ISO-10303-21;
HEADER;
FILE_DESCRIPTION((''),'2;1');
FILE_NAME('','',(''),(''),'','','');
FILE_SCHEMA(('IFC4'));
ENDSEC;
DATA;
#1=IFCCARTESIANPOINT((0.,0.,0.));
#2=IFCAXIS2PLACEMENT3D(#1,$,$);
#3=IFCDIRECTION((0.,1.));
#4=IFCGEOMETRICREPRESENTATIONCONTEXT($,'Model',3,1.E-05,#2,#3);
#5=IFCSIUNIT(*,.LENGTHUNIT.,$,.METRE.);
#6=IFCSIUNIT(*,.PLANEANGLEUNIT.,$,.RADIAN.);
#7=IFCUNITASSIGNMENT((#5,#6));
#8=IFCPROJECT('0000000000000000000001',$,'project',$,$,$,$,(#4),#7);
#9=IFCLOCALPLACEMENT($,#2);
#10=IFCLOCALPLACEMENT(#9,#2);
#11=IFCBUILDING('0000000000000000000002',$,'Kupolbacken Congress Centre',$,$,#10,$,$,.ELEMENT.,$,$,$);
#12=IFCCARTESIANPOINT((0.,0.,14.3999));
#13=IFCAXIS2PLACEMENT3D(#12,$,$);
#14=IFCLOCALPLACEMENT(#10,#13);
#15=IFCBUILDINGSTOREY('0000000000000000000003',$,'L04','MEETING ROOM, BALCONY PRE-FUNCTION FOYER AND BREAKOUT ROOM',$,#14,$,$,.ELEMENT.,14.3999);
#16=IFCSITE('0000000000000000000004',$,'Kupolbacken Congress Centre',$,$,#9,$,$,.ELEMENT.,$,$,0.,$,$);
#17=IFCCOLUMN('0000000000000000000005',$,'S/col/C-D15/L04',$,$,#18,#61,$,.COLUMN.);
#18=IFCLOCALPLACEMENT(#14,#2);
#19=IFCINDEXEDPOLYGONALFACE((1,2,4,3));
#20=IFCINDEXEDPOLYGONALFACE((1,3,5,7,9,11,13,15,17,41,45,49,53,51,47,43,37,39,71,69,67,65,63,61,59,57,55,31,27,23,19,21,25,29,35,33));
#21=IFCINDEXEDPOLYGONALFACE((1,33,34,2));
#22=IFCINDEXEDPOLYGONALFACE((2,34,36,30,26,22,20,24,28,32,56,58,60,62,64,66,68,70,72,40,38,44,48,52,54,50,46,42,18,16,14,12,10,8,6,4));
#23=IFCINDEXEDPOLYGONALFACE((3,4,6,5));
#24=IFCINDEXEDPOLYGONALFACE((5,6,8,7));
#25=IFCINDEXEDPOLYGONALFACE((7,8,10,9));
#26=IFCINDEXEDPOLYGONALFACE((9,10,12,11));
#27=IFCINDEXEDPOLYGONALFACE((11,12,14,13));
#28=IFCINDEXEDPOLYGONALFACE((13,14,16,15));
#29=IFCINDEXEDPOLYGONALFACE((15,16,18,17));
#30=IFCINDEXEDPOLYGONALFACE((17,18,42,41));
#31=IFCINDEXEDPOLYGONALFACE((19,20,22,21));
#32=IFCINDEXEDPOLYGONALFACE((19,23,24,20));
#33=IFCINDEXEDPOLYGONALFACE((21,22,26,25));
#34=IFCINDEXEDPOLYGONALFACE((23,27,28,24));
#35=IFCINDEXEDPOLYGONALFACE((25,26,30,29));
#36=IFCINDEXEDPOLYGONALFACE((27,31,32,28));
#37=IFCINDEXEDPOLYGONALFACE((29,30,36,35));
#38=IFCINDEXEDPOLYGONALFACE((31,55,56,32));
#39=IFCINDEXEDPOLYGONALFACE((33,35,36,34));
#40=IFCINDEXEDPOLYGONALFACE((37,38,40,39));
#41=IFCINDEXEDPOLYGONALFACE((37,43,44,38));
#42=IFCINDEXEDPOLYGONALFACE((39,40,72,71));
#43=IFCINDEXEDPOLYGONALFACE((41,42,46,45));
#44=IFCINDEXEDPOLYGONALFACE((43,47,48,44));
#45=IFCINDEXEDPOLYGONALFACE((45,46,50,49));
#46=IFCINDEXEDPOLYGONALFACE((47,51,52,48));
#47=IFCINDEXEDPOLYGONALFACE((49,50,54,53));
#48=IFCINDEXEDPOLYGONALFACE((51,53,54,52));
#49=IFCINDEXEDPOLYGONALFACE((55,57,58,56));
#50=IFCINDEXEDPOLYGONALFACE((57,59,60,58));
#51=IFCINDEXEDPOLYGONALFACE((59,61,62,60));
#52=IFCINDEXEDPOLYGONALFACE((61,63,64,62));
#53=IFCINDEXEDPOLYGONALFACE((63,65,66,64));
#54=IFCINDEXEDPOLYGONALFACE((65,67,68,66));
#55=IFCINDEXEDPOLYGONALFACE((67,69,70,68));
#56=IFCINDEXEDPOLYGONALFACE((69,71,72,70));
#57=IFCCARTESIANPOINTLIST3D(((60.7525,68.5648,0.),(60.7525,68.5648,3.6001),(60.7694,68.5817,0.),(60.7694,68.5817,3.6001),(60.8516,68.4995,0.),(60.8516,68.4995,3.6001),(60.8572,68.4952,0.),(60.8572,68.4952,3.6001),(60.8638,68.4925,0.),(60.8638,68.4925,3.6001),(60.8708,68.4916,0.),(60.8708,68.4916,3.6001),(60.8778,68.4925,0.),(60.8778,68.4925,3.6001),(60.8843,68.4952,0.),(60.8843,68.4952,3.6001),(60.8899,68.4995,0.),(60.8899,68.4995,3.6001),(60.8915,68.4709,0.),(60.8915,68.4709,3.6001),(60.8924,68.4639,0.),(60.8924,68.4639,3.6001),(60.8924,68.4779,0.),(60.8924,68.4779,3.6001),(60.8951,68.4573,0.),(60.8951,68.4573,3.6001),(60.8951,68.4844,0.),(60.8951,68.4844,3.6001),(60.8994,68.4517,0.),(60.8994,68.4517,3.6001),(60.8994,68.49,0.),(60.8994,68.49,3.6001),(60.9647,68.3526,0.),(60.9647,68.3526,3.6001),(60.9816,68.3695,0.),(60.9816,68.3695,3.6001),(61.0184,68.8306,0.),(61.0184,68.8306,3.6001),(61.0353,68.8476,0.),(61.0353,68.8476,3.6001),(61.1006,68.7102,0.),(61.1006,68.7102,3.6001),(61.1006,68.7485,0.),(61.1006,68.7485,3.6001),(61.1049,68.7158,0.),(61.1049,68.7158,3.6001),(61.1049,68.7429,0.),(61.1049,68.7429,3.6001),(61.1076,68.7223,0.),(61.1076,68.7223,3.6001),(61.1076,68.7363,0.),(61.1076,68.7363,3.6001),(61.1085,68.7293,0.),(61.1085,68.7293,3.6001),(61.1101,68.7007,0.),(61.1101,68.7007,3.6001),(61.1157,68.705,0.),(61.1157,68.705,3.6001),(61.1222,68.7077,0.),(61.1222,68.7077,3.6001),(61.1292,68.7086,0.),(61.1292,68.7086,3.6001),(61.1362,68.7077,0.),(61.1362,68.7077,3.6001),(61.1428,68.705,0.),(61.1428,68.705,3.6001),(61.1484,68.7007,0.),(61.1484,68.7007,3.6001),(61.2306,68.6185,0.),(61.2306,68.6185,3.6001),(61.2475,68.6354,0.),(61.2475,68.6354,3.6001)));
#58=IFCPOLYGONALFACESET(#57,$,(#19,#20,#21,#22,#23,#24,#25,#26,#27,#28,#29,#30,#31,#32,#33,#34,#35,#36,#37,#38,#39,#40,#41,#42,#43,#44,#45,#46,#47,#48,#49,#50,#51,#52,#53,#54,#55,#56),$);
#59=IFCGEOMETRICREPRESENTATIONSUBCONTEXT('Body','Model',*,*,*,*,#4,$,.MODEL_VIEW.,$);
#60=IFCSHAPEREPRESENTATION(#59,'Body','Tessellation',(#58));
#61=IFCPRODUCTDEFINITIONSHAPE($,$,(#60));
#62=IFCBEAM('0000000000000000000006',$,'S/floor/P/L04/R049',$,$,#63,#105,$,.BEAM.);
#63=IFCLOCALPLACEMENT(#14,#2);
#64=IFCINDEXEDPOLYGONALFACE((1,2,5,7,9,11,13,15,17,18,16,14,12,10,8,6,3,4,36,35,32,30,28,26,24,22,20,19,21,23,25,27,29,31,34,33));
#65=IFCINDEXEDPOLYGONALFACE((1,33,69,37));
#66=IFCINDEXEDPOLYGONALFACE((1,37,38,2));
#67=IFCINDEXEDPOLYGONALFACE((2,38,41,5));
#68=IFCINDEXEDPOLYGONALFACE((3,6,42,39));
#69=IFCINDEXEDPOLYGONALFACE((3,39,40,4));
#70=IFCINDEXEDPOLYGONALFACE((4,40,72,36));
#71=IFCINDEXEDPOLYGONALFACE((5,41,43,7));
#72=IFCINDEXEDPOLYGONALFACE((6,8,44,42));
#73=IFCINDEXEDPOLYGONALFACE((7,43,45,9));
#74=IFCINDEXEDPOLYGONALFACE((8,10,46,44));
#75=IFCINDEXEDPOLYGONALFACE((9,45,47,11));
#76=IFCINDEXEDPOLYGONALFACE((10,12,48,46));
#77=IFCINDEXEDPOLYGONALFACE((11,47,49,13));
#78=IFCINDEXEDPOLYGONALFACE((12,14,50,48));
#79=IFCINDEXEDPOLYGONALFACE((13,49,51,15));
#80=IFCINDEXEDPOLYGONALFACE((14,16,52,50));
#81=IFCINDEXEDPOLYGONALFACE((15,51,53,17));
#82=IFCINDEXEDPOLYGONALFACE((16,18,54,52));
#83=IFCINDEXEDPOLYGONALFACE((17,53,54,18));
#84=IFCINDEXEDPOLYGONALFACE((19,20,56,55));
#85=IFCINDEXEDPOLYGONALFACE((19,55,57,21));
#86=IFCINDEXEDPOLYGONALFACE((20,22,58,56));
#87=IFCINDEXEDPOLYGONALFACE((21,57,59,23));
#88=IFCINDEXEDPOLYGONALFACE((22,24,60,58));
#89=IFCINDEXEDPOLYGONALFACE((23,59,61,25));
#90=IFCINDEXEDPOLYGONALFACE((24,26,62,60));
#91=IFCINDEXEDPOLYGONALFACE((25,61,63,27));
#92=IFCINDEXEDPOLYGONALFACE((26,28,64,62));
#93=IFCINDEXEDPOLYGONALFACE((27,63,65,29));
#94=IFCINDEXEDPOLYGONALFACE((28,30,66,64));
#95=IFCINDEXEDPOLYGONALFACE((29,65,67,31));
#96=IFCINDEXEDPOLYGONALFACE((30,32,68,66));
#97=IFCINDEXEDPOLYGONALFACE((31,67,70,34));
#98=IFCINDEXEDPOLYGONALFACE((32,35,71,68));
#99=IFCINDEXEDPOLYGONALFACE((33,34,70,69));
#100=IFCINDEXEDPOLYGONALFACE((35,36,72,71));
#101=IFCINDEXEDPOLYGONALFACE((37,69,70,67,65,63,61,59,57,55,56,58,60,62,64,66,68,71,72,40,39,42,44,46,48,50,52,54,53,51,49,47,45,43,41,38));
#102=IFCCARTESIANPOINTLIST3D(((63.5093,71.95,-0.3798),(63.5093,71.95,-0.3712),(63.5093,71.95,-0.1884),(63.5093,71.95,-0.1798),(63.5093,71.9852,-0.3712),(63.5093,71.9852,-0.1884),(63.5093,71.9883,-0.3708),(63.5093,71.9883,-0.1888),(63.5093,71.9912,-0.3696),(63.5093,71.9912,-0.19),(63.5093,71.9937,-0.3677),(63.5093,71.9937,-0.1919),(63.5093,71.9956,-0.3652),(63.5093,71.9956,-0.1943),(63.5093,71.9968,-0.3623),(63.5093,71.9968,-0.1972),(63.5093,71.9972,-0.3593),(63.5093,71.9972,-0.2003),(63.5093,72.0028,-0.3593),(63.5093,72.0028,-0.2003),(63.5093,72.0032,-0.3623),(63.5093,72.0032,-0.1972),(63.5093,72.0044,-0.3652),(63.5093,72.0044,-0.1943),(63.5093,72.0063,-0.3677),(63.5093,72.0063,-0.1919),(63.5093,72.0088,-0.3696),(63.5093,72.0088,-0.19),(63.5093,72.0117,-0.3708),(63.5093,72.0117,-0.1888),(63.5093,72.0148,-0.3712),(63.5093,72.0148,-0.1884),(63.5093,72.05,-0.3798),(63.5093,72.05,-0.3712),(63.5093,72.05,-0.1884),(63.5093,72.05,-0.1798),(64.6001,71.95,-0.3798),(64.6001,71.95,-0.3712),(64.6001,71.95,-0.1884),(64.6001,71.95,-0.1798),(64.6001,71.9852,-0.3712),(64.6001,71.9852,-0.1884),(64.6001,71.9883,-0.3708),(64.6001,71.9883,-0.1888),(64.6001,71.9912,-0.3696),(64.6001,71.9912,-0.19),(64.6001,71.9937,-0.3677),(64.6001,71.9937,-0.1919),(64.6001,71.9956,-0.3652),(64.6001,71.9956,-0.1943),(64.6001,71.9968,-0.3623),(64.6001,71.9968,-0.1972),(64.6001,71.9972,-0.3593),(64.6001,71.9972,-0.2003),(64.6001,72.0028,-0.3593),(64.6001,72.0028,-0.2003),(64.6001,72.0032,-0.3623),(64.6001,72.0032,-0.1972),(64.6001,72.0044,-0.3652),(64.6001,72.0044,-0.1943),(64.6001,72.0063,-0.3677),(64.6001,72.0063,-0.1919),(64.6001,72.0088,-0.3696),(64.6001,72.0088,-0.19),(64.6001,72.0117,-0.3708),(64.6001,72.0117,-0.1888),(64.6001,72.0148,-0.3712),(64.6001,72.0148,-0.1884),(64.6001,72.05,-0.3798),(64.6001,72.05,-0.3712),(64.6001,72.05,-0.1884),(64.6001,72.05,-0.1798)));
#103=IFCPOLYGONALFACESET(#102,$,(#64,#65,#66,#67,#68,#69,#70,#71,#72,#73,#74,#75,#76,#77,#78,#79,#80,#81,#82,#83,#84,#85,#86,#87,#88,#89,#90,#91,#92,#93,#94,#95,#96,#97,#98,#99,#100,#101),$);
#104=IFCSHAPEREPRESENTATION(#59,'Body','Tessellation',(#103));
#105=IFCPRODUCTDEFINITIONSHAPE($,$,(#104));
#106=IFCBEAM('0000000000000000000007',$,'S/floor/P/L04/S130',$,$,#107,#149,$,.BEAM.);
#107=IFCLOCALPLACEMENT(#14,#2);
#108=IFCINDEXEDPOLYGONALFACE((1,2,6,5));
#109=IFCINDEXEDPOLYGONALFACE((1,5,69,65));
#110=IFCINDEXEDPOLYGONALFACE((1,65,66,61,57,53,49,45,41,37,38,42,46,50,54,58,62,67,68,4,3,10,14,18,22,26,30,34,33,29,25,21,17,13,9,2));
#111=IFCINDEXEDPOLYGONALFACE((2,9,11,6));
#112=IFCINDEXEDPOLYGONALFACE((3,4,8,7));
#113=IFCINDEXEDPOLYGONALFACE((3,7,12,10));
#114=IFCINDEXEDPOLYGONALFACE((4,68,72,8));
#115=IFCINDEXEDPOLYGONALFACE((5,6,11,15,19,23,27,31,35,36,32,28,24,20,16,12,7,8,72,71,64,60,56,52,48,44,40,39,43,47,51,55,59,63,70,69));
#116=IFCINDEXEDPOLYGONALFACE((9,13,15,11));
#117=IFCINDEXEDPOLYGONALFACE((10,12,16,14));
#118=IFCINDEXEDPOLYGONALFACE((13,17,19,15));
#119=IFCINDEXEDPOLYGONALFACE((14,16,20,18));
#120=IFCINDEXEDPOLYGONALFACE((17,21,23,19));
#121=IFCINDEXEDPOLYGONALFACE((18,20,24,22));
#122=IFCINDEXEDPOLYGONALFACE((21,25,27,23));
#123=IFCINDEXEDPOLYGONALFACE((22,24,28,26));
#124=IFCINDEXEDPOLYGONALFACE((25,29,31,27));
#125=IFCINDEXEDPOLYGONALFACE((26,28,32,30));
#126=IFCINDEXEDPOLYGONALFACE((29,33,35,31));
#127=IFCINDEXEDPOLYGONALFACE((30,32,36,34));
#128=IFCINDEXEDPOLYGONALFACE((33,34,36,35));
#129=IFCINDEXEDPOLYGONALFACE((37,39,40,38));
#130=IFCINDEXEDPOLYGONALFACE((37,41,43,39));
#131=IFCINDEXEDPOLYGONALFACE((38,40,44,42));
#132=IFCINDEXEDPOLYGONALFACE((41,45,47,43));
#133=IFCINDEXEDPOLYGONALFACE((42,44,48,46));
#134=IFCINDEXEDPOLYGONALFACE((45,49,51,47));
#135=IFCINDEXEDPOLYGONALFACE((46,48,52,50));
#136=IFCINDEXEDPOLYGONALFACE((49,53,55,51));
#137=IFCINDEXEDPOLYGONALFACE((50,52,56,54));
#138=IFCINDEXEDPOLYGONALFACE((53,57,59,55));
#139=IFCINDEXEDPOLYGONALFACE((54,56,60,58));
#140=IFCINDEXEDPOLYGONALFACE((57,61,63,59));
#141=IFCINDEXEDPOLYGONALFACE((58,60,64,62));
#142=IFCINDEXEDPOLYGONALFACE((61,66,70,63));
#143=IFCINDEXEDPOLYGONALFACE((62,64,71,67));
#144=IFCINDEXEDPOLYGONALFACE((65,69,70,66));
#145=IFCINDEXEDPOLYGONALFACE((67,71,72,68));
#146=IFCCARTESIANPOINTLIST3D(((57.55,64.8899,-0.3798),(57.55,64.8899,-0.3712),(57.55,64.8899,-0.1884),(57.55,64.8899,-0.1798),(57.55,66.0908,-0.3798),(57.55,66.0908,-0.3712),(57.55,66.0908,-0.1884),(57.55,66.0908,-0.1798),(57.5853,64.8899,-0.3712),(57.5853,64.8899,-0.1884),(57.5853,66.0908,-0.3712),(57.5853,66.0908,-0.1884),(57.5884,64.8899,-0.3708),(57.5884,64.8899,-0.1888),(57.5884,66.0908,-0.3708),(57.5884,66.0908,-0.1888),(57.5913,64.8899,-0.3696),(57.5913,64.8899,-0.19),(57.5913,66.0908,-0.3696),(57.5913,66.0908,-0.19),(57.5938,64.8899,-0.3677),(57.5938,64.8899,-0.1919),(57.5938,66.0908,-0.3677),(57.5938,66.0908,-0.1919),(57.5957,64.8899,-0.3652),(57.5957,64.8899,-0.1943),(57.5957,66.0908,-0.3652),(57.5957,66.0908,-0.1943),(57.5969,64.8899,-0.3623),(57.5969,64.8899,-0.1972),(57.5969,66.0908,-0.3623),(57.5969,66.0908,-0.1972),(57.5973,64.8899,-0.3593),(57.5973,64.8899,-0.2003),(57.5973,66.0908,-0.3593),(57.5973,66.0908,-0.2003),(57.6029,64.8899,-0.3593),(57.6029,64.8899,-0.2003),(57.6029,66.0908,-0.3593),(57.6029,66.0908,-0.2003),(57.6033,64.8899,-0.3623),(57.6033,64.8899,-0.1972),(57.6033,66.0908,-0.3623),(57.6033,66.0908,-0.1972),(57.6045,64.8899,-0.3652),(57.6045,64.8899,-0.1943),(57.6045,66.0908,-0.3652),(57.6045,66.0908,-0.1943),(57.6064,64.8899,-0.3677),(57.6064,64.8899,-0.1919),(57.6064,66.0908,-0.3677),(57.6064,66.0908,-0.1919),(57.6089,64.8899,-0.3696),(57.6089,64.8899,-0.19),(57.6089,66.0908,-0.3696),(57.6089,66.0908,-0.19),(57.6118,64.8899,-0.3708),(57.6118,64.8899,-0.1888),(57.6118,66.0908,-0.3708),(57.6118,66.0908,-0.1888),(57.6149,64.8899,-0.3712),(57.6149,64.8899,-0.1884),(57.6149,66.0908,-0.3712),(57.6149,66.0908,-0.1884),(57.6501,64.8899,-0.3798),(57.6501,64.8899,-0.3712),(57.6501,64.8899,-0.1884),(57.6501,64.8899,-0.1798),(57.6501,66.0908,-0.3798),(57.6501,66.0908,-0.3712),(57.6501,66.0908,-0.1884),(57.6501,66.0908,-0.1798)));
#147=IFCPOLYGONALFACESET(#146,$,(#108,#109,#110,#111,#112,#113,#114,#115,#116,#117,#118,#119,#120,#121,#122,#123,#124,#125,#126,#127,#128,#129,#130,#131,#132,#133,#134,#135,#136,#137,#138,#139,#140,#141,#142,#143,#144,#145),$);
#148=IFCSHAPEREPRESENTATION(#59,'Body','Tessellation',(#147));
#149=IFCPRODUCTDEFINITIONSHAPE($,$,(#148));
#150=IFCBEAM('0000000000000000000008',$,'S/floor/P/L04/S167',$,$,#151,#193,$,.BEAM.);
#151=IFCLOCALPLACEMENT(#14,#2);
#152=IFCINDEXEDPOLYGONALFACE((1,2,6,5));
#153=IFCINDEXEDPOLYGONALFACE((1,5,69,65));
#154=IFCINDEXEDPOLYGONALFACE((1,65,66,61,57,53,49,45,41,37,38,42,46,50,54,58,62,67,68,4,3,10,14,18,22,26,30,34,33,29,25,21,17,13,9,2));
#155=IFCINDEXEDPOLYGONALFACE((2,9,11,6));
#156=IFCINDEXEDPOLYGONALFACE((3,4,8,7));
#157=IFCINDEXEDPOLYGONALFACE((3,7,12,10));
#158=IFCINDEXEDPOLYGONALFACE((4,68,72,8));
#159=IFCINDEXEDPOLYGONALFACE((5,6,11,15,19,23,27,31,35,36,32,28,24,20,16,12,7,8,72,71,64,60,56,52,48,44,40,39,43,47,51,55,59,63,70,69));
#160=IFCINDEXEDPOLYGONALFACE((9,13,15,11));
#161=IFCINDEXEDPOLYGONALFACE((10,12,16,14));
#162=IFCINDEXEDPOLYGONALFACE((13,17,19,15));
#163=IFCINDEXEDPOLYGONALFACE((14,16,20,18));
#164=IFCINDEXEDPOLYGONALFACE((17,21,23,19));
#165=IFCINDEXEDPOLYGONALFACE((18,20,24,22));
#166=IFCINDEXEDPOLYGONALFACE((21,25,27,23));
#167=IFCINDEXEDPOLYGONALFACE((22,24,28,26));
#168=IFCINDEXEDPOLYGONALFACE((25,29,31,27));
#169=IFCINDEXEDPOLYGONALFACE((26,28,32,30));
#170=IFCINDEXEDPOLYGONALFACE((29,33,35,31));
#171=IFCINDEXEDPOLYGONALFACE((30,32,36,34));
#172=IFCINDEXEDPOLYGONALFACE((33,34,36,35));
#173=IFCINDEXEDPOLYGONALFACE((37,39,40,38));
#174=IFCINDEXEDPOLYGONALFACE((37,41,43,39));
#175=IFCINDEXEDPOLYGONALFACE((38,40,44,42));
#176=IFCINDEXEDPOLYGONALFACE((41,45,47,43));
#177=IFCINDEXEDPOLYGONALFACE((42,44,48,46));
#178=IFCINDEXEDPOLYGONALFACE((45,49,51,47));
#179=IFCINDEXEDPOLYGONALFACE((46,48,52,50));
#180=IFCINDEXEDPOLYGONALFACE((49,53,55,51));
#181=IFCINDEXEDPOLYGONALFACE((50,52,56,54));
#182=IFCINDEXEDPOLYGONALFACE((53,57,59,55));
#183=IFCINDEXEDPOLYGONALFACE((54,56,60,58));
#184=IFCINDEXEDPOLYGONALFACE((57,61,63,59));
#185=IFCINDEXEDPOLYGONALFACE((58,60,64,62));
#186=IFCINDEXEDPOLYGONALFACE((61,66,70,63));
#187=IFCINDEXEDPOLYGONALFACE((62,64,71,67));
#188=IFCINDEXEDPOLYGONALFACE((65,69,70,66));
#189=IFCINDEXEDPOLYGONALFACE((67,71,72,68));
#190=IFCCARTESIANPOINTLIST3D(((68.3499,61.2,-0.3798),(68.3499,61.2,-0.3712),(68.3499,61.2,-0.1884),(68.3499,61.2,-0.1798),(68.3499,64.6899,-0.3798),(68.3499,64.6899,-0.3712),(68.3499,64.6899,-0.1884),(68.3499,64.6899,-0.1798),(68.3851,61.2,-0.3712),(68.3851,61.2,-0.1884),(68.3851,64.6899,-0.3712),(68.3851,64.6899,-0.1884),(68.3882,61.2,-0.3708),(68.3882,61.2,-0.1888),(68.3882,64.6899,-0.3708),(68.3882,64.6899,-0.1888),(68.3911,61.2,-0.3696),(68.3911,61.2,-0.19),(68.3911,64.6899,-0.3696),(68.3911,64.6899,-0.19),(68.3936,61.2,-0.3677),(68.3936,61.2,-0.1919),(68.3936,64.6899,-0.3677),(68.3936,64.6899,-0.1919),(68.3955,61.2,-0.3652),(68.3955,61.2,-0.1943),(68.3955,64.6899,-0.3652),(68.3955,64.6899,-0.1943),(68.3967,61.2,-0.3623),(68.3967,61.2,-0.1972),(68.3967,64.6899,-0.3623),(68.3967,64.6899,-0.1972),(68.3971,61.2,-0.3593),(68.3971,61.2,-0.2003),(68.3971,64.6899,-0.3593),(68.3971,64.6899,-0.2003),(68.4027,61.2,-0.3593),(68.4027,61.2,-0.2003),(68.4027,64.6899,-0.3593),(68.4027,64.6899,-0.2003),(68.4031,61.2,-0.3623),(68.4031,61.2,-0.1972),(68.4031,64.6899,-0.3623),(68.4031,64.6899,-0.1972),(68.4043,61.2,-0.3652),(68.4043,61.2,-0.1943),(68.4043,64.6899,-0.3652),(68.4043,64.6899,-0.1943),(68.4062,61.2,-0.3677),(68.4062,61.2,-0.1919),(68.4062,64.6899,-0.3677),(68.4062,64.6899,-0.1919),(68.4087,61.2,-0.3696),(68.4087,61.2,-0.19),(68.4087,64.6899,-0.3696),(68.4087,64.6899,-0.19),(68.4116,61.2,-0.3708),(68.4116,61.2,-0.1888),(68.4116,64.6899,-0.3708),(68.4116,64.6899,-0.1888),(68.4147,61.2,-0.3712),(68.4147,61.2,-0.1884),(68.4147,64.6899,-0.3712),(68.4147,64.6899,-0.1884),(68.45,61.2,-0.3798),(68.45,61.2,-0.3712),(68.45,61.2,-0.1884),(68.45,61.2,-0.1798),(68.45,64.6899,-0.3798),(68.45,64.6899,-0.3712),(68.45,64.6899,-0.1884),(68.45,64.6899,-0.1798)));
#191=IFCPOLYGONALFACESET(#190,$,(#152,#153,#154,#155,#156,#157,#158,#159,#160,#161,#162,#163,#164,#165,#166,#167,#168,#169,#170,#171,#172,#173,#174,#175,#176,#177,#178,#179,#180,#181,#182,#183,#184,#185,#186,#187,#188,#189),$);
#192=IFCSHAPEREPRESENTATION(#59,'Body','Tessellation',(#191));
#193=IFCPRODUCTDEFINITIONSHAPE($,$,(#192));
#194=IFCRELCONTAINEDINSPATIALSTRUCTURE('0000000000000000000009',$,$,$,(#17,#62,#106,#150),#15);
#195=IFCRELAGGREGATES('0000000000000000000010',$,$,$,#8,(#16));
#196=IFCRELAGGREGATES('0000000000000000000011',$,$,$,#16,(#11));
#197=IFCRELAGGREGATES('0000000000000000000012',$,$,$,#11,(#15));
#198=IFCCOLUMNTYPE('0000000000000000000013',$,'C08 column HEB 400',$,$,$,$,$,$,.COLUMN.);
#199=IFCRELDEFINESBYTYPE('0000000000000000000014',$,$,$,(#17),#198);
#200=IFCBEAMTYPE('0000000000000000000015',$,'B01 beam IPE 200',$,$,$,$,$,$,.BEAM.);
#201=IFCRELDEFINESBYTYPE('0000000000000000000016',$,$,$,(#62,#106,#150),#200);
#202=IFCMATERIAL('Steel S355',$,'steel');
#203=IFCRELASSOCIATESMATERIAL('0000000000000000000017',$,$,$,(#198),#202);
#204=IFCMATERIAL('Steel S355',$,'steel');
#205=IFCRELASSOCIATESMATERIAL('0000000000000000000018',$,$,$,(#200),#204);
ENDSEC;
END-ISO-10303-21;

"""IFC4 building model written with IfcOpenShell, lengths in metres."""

from ifc_helpers import new_model, si_unit, direction, frame, origin, origin_2d, place, context, subcontext, project, spatial, i_section, extrude, material, material_profile, profile_set, type_object, element, save


model = new_model("IFC4")

# Units and contexts
model_context = context("Model", 3, precision=1e-05, world=origin(), true_north=direction((0.0, 1.0)))
body_context = subcontext(model_context, "Body", "Model", "MODEL_VIEW")
ifc_project = project(units=[si_unit("LENGTHUNIT", "METRE"), si_unit("PLANEANGLEUNIT", "RADIAN")], contexts=[model_context])

# Site, building, storey
site_placement = place(None, origin())
site = spatial("IfcSite", under=ifc_project, at=site_placement, Name="Kupolbacken Congress Centre", CompositionType="ELEMENT", RefElevation=0.0)
building_placement = place(site_placement, origin())
building = spatial("IfcBuilding", under=site, at=building_placement, Name="Kupolbacken Congress Centre", CompositionType="ELEMENT")
storey_placement = place(building_placement, frame((0.0, 0.0, 14.3999)))
storey = spatial("IfcBuildingStorey", under=building, at=storey_placement, Name="L04", Description="MEETING ROOM, BALCONY PRE-FUNCTION FOYER AND BREAKOUT ROOM", CompositionType="ELEMENT", Elevation=14.3999)

# Column
ifc_material_1 = material(Name="Steel S355", Category="steel")
ifc_material_profile_1 = material_profile(ifc_material_1, i_section(OverallWidth=0.3, OverallDepth=0.3999, WebThickness=0.0134, FlangeThickness=0.0239, FilletRadius=0.0271, at=origin_2d()), Name="HEB 400")
ifc_profile_set_1 = profile_set([ifc_material_profile_1], Name="Steel S355")
column_type = type_object("IfcColumnType", Name="C08 column HEB 400", PredefinedType="COLUMN", material=ifc_profile_set_1)
column_placement = place(storey_placement, frame((61.0, 68.6001, 0.0), z_axis=(0.0, 0.0, 1.0), x_axis=(0.707107, -0.707107, 0.0)))
element("IfcColumn", 1, at=column_placement, inside=storey, type_object=column_type, Name="S/col/C-D15/L04", PredefinedType="COLUMN", context=body_context, shape_type="SweptSolid", body=[
    extrude(i_section(OverallWidth=0.3, OverallDepth=0.3999, WebThickness=0.0134, FlangeThickness=0.0239, FilletRadius=0.0271, at=origin_2d()), origin(), (0.0, 0.0, 1.0), 3.6001),
])

# Beams
ifc_material_2 = material(Name="Steel S355", Category="steel")
ifc_material_profile_2 = material_profile(ifc_material_2, i_section(OverallWidth=0.1001, OverallDepth=0.2, WebThickness=0.0056, FlangeThickness=0.0085, FilletRadius=0.012, at=origin_2d()), Name="IPE 200")
ifc_profile_set_2 = profile_set([ifc_material_profile_2], Name="Steel S355")
beam_type_1 = type_object("IfcBeamType", Name="B01 beam IPE 200", PredefinedType="BEAM", material=ifc_profile_set_2)
beam_1_placement = place(storey_placement, frame((63.5093, 72.0, -0.2798), z_axis=(1.0, 0.0, 0.0), x_axis=(0.0, 1.0, 0.0)))
element("IfcBeam", 2, at=beam_1_placement, inside=storey, type_object=beam_type_1, Name="S/floor/P/L04/R049", PredefinedType="BEAM", context=body_context, shape_type="SweptSolid", body=[
    extrude(i_section(OverallWidth=0.1001, OverallDepth=0.2, WebThickness=0.0056, FlangeThickness=0.0085, FilletRadius=0.012, at=origin_2d()), origin(), (0.0, 0.0, 1.0), 1.0908),
])
beam_2_placement = place(storey_placement, frame((57.6001, 64.8899, -0.2798), z_axis=(0.0, 1.0, 0.0), x_axis=(-1.0, 0.0, 0.0)))
element("IfcBeam", 3, at=beam_2_placement, inside=storey, type_object=beam_type_1, Name="S/floor/P/L04/S130", PredefinedType="BEAM", context=body_context, shape_type="SweptSolid", body=[
    extrude(i_section(OverallWidth=0.1001, OverallDepth=0.2, WebThickness=0.0056, FlangeThickness=0.0085, FilletRadius=0.012, at=origin_2d()), origin(), (0.0, 0.0, 1.0), 1.2009),
])
beam_3_placement = place(storey_placement, frame((68.3999, 61.2, -0.2798), z_axis=(0.0, 1.0, 0.0), x_axis=(-1.0, 0.0, 0.0)))
element("IfcBeam", 4, at=beam_3_placement, inside=storey, type_object=beam_type_1, Name="S/floor/P/L04/S167", PredefinedType="BEAM", context=body_context, shape_type="SweptSolid", body=[
    extrude(i_section(OverallWidth=0.1001, OverallDepth=0.2, WebThickness=0.0056, FlangeThickness=0.0085, FilletRadius=0.012, at=origin_2d()), origin(), (0.0, 0.0, 1.0), 3.49),
])

save(model, "model.ifc")
